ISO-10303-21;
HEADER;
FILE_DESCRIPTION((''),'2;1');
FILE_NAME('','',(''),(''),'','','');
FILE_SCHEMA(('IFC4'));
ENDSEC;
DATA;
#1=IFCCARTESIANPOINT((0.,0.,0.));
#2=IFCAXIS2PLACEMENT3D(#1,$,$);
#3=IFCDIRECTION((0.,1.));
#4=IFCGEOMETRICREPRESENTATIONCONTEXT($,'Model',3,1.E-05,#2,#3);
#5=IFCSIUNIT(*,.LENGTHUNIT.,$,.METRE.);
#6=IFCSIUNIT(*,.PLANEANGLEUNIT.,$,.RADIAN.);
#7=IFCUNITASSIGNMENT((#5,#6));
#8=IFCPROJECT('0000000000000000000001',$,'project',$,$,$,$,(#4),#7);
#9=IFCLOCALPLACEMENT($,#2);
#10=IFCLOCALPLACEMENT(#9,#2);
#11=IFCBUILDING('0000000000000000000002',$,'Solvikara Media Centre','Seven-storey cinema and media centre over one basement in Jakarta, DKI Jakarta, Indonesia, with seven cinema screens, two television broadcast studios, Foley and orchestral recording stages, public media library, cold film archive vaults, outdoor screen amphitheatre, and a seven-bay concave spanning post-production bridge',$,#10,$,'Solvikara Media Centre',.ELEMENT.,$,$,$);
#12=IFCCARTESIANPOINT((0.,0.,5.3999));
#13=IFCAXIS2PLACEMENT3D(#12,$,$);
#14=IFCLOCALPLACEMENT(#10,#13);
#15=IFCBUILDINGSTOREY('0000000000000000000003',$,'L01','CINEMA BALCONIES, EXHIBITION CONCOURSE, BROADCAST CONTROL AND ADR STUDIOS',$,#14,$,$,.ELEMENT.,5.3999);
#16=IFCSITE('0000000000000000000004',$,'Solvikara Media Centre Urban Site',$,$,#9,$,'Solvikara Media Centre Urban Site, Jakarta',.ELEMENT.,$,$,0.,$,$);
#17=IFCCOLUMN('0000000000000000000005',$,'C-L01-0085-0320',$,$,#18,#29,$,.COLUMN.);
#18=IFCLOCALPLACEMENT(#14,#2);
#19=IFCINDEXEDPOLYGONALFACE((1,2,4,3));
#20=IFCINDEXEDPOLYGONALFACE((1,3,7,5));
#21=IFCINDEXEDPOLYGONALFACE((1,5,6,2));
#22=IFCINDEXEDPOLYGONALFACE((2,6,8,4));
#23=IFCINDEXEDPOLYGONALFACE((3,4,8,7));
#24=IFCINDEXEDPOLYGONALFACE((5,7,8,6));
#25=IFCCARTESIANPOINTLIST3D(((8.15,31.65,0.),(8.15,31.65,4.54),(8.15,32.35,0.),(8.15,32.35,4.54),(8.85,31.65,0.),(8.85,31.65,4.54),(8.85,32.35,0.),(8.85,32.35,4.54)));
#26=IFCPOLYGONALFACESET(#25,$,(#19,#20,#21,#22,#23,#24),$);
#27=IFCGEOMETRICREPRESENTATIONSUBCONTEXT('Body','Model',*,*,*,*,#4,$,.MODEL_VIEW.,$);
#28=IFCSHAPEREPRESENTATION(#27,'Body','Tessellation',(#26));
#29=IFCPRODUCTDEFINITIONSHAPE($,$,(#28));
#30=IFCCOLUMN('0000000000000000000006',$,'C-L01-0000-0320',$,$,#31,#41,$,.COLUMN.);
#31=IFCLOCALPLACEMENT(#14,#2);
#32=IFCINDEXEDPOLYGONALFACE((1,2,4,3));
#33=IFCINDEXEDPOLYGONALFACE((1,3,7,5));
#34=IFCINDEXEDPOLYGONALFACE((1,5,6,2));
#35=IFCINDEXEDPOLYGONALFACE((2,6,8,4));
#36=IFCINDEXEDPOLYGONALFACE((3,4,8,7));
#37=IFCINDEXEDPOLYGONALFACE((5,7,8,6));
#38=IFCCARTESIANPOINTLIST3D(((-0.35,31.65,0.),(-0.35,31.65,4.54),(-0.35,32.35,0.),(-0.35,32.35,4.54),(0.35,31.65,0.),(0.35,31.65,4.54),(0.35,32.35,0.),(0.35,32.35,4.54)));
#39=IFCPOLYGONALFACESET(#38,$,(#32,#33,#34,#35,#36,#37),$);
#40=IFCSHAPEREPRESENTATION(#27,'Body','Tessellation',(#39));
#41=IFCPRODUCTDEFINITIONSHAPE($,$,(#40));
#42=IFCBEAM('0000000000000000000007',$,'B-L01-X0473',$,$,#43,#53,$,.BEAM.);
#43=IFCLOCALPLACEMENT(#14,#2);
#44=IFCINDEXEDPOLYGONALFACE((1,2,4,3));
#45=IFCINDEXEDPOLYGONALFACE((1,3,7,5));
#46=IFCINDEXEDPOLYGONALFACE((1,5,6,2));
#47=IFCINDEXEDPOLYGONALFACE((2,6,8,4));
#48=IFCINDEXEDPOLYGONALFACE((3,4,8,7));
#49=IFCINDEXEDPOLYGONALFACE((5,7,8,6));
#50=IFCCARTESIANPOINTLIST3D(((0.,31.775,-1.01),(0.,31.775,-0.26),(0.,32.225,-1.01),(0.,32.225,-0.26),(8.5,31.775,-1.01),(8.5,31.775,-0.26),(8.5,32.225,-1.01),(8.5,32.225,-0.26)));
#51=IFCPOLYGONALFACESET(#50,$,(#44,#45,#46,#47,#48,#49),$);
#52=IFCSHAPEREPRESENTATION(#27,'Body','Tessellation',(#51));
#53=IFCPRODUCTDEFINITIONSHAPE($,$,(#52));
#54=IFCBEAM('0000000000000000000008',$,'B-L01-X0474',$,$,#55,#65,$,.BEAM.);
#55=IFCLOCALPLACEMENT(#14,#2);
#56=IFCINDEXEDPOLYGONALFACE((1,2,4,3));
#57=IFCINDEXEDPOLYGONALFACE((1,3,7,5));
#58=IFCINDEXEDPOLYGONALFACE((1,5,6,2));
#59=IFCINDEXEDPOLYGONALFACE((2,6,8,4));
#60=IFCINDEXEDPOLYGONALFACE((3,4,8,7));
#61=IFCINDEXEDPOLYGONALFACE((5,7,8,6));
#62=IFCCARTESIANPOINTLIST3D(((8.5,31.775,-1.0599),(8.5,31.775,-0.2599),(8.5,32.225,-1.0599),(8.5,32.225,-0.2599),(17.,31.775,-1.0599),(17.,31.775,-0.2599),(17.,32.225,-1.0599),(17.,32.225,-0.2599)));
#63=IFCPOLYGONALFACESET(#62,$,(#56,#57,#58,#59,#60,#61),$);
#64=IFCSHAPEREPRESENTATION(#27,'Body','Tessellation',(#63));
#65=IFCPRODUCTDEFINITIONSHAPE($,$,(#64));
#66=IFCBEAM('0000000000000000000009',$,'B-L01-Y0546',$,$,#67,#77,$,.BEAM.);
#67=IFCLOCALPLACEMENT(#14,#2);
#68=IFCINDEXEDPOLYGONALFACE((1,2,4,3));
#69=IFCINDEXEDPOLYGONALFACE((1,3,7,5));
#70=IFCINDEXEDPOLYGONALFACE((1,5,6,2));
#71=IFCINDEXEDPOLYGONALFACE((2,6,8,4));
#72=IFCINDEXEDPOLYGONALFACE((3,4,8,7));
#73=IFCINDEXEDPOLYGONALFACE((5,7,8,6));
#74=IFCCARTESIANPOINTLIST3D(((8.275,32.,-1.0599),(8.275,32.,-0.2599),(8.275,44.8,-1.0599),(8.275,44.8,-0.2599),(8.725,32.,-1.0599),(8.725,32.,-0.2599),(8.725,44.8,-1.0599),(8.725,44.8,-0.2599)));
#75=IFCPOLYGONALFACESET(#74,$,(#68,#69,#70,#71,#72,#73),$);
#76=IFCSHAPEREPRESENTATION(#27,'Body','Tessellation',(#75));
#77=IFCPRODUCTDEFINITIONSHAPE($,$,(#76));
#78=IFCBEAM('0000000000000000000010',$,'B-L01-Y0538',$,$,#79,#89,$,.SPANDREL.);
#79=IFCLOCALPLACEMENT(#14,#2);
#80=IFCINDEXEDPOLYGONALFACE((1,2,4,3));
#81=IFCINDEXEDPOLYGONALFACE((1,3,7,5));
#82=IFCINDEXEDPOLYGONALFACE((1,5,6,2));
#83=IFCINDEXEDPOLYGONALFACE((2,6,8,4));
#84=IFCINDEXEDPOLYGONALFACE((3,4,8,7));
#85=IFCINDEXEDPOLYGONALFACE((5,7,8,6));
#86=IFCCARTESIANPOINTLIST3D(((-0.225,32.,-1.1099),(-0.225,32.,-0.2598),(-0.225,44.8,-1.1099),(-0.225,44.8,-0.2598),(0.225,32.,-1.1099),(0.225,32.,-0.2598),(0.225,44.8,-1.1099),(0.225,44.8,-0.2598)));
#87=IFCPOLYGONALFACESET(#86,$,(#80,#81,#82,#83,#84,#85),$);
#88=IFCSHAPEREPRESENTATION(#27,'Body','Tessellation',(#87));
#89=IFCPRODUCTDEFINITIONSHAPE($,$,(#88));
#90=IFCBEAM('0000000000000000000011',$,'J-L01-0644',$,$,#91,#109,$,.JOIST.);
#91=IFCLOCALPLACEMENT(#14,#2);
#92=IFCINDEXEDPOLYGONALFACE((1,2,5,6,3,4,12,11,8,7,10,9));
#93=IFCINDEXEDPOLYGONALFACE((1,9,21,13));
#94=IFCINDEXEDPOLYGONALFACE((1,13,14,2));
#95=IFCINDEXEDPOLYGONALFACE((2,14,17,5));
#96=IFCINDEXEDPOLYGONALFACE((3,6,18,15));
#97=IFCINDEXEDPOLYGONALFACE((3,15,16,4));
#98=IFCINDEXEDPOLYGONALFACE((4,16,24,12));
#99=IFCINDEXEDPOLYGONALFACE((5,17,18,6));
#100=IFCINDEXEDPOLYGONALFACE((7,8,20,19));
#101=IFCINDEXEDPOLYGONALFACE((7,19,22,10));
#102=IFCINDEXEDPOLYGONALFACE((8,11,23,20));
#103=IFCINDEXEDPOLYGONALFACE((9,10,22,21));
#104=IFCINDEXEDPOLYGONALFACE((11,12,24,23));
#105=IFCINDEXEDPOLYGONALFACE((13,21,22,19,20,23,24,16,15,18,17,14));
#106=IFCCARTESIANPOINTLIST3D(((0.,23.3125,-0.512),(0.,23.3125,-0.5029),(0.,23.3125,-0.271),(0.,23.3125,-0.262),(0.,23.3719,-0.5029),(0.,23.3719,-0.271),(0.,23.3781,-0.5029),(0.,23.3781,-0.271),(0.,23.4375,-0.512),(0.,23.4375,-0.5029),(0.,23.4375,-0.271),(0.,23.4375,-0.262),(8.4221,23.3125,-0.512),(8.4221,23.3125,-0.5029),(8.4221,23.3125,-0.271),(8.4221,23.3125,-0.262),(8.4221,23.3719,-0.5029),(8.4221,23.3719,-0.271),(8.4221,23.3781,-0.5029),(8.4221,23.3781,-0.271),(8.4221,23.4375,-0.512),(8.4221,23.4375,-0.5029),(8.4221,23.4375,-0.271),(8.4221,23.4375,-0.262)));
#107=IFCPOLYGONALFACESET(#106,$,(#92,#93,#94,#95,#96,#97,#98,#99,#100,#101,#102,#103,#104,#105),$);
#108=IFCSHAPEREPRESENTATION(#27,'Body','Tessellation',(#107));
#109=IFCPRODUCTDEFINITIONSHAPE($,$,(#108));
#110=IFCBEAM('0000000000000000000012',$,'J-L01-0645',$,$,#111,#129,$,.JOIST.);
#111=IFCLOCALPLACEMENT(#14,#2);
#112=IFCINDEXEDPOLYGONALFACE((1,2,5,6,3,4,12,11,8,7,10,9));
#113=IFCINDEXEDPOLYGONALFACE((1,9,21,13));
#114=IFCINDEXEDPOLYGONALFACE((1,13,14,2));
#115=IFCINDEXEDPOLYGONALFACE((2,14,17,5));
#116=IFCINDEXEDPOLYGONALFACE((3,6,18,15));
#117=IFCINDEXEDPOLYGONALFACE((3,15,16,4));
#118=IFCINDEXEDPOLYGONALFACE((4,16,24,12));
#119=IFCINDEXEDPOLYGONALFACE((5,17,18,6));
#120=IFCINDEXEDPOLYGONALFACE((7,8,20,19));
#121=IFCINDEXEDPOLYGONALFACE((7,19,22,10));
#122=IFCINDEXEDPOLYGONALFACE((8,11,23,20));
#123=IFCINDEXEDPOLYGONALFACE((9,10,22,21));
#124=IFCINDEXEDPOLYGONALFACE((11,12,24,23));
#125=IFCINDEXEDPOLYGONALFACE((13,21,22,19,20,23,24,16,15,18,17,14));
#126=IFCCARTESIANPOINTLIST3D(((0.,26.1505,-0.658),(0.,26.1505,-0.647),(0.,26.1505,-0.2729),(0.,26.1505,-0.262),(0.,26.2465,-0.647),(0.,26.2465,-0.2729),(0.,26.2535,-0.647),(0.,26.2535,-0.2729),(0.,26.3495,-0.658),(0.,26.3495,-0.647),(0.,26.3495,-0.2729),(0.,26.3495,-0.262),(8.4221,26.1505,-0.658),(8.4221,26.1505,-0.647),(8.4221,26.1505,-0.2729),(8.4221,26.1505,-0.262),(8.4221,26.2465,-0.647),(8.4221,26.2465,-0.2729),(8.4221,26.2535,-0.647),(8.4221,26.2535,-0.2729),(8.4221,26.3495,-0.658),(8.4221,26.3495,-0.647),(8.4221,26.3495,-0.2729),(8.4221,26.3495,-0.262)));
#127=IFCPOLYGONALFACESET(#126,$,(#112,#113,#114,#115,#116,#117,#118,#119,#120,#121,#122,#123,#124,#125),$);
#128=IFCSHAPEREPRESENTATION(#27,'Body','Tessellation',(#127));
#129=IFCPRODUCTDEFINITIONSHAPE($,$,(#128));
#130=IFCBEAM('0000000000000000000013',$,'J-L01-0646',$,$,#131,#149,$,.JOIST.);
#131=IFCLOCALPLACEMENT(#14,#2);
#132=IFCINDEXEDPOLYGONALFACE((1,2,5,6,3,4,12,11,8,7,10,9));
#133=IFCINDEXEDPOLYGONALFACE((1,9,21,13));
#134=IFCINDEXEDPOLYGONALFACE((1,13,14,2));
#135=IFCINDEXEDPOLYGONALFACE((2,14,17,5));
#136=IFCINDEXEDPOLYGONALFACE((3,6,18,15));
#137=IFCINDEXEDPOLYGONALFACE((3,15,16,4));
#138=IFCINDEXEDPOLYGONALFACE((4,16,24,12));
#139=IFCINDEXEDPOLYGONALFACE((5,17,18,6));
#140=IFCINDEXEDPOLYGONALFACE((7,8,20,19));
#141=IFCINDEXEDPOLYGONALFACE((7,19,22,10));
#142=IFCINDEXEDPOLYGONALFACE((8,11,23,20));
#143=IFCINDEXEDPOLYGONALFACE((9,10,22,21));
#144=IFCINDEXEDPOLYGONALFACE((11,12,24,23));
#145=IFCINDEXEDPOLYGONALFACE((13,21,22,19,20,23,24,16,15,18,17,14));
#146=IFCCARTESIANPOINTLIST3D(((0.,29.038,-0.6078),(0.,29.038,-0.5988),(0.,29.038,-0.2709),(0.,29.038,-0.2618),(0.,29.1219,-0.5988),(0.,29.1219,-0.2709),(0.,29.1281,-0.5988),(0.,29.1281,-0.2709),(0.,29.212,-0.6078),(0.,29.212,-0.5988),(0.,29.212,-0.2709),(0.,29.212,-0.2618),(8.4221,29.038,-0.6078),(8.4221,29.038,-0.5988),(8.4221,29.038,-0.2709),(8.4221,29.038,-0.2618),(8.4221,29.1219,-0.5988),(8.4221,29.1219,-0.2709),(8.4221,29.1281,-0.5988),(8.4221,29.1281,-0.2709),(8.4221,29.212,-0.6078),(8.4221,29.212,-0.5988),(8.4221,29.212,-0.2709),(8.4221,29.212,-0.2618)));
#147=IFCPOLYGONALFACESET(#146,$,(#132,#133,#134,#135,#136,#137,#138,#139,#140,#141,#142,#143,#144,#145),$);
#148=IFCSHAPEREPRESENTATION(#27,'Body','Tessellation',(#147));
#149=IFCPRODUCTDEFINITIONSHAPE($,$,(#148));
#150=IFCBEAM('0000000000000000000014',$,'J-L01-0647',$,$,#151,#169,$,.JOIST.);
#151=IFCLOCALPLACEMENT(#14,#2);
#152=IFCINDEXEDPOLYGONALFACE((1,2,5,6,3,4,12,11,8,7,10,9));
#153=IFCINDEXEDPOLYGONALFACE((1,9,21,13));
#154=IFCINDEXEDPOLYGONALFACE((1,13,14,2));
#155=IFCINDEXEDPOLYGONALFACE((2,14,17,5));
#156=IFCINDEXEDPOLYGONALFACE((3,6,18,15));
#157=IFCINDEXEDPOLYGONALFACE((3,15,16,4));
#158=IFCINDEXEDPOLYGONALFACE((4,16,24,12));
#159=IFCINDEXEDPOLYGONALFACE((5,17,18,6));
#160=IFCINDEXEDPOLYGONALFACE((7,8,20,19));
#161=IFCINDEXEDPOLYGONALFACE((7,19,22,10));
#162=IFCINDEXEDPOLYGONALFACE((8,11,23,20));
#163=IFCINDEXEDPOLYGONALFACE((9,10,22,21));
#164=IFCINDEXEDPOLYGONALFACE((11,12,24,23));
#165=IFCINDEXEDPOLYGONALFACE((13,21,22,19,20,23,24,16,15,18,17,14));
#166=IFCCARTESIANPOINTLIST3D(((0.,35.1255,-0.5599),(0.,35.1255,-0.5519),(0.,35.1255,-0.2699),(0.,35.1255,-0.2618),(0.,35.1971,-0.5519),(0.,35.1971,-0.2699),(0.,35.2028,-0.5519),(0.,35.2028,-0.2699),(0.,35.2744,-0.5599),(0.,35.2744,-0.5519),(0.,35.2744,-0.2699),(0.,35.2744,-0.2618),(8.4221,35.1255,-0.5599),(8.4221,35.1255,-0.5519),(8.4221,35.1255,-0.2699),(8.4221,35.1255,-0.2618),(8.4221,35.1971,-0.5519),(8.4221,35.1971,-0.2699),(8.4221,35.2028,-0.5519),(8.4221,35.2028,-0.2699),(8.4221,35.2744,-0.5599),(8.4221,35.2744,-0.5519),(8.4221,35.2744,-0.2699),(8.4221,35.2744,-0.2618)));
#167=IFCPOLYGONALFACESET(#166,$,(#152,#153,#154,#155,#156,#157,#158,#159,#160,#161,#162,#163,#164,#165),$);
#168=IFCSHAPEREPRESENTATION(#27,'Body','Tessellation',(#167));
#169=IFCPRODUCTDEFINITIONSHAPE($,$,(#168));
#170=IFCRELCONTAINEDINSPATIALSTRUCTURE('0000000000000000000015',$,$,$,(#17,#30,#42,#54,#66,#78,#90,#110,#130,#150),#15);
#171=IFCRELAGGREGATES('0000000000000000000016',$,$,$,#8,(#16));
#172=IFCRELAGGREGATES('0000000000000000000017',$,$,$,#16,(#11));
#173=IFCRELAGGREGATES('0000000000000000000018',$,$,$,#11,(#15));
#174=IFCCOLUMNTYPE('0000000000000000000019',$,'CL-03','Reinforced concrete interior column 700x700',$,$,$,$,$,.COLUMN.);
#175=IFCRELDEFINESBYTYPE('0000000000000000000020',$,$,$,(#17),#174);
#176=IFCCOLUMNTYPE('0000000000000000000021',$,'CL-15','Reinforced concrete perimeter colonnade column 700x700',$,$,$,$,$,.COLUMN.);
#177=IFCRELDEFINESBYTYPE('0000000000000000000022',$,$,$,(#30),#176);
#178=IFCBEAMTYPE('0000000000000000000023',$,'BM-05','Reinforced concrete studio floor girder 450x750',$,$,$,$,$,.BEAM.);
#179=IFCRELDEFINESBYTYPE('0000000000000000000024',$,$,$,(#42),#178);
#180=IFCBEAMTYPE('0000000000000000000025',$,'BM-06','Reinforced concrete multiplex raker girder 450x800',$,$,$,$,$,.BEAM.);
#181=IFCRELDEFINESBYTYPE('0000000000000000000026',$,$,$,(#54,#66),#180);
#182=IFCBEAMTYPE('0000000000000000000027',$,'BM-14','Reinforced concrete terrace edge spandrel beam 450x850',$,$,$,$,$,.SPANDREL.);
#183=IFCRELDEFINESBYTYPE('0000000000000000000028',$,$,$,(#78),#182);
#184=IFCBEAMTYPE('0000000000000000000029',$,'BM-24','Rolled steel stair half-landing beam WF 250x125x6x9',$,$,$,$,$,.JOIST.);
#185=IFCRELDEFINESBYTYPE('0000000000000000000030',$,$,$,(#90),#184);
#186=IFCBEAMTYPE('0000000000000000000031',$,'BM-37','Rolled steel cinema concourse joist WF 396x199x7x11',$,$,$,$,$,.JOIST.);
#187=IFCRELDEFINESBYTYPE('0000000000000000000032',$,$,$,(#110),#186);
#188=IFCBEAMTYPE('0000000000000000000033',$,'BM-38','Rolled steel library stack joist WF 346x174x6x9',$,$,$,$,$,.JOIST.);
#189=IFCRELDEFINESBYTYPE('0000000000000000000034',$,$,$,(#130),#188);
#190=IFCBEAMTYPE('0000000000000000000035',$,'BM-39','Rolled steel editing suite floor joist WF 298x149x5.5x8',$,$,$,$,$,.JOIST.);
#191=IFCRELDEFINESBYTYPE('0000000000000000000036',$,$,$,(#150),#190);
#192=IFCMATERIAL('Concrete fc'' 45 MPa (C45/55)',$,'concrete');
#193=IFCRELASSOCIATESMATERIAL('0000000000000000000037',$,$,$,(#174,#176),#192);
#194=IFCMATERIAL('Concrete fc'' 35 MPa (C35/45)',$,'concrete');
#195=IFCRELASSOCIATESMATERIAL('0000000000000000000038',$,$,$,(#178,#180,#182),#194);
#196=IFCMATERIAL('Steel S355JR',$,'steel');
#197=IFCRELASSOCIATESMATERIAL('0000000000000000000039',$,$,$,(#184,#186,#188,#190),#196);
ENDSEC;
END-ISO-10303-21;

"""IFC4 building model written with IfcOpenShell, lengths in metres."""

from ifc_helpers import new_model, si_unit, direction, frame, origin, origin_2d, place, context, subcontext, project, spatial, rectangle, i_section, extrude, material, material_profile, profile_set, type_object, element, save


model = new_model("IFC4")

# Units and contexts
model_context = context("Model", 3, precision=1e-05, world=origin(), true_north=direction((0.0, 1.0)))
body_context = subcontext(model_context, "Body", "Model", "MODEL_VIEW")
ifc_project = project(units=[si_unit("LENGTHUNIT", "METRE"), si_unit("PLANEANGLEUNIT", "RADIAN")], contexts=[model_context])

# Site, building, storey
site_placement = place(None, origin())
site = spatial("IfcSite", under=ifc_project, at=site_placement, Name="Solvikara Media Centre Urban Site", LongName="Solvikara Media Centre Urban Site, Jakarta", CompositionType="ELEMENT", RefElevation=0.0)
building_placement = place(site_placement, origin())
building = spatial("IfcBuilding", under=site, at=building_placement, Name="Solvikara Media Centre", Description="Seven-storey cinema and media centre over one basement in Jakarta, DKI Jakarta, Indonesia, with seven cinema screens, two television broadcast studios, Foley and orchestral recording stages, public media library, cold film archive vaults, outdoor screen amphitheatre, and a seven-bay concave spanning post-production bridge", LongName="Solvikara Media Centre", CompositionType="ELEMENT")
storey_placement = place(building_placement, frame((0.0, 0.0, 5.3999)))
storey = spatial("IfcBuildingStorey", under=building, at=storey_placement, Name="L01", Description="CINEMA BALCONIES, EXHIBITION CONCOURSE, BROADCAST CONTROL AND ADR STUDIOS", CompositionType="ELEMENT", Elevation=5.3999)

# Columns
ifc_material_1 = material(Name="Concrete fc' 45 MPa (C45/55)", Category="concrete")
ifc_material_profile_1 = material_profile(ifc_material_1, rectangle(XDim=0.7, YDim=0.7, at=origin_2d()), Name="RC 700x700")
ifc_profile_set_1 = profile_set([ifc_material_profile_1], Name="Concrete fc' 45 MPa (C45/55)")
column_type_1 = type_object("IfcColumnType", Name="CL-03", Description="Reinforced concrete interior column 700x700", PredefinedType="COLUMN", material=ifc_profile_set_1)
column_1_placement = place(storey_placement, frame((8.5, 32.0, 0.0), z_axis=(0.0, 0.0, 1.0), x_axis=(1.0, 0.0, 0.0)))
element("IfcColumn", 1, at=column_1_placement, inside=storey, type_object=column_type_1, Name="C-L01-0085-0320", PredefinedType="COLUMN", context=body_context, shape_type="SweptSolid", body=[
    extrude(rectangle(XDim=0.7, YDim=0.7, at=origin_2d()), origin(), (0.0, 0.0, 1.0), 4.54),
])
ifc_material_profile_2 = material_profile(ifc_material_1, rectangle(XDim=0.7, YDim=0.7, at=origin_2d()), Name="RC 700x700")
ifc_profile_set_2 = profile_set([ifc_material_profile_2], Name="Concrete fc' 45 MPa (C45/55)")
column_type_2 = type_object("IfcColumnType", Name="CL-15", Description="Reinforced concrete perimeter colonnade column 700x700", PredefinedType="COLUMN", material=ifc_profile_set_2)
column_2_placement = place(storey_placement, frame((0.0, 32.0, 0.0), z_axis=(0.0, 0.0, 1.0), x_axis=(1.0, 0.0, 0.0)))
element("IfcColumn", 2, at=column_2_placement, inside=storey, type_object=column_type_2, Name="C-L01-0000-0320", PredefinedType="COLUMN", context=body_context, shape_type="SweptSolid", body=[
    extrude(rectangle(XDim=0.7, YDim=0.7, at=origin_2d()), origin(), (0.0, 0.0, 1.0), 4.54),
])

# Beams
ifc_material_2 = material(Name="Concrete fc' 35 MPa (C35/45)", Category="concrete")
ifc_material_profile_3 = material_profile(ifc_material_2, rectangle(XDim=0.45, YDim=0.75, at=origin_2d()), Name="RC 450x750")
ifc_profile_set_3 = profile_set([ifc_material_profile_3], Name="Concrete fc' 35 MPa (C35/45)")
beam_type_1 = type_object("IfcBeamType", Name="BM-05", Description="Reinforced concrete studio floor girder 450x750", PredefinedType="BEAM", material=ifc_profile_set_3)
beam_1_placement = place(storey_placement, frame((0.0, 32.0, -0.635), z_axis=(1.0, 0.0, 0.0), x_axis=(0.0, 1.0, 0.0)))
element("IfcBeam", 3, at=beam_1_placement, inside=storey, type_object=beam_type_1, Name="B-L01-X0473", PredefinedType="BEAM", context=body_context, shape_type="SweptSolid", body=[
    extrude(rectangle(XDim=0.45, YDim=0.75, at=origin_2d()), origin(), (0.0, 0.0, 1.0), 8.5),
])
ifc_material_profile_4 = material_profile(ifc_material_2, rectangle(XDim=0.45, YDim=0.8, at=origin_2d()), Name="RC 450x800")
ifc_profile_set_4 = profile_set([ifc_material_profile_4], Name="Concrete fc' 35 MPa (C35/45)")
beam_type_2 = type_object("IfcBeamType", Name="BM-06", Description="Reinforced concrete multiplex raker girder 450x800", PredefinedType="BEAM", material=ifc_profile_set_4)
beam_2_placement = place(storey_placement, frame((8.5, 32.0, -0.6599), z_axis=(1.0, 0.0, 0.0), x_axis=(0.0, 1.0, 0.0)))
element("IfcBeam", 4, at=beam_2_placement, inside=storey, type_object=beam_type_2, Name="B-L01-X0474", PredefinedType="BEAM", context=body_context, shape_type="SweptSolid", body=[
    extrude(rectangle(XDim=0.45, YDim=0.8, at=origin_2d()), origin(), (0.0, 0.0, 1.0), 8.5),
])
beam_3_placement = place(storey_placement, frame((8.5, 32.0, -0.6599), z_axis=(0.0, 1.0, 0.0), x_axis=(-1.0, 0.0, 0.0)))
element("IfcBeam", 5, at=beam_3_placement, inside=storey, type_object=beam_type_2, Name="B-L01-Y0546", PredefinedType="BEAM", context=body_context, shape_type="SweptSolid", body=[
    extrude(rectangle(XDim=0.45, YDim=0.8, at=origin_2d()), origin(), (0.0, 0.0, 1.0), 12.8),
])
ifc_material_profile_5 = material_profile(ifc_material_2, rectangle(XDim=0.45, YDim=0.8501, at=origin_2d()), Name="RC 450x850")
ifc_profile_set_5 = profile_set([ifc_material_profile_5], Name="Concrete fc' 35 MPa (C35/45)")
beam_type_3 = type_object("IfcBeamType", Name="BM-14", Description="Reinforced concrete terrace edge spandrel beam 450x850", PredefinedType="SPANDREL", material=ifc_profile_set_5)
beam_4_placement = place(storey_placement, frame((0.0, 32.0, -0.6848), z_axis=(0.0, 1.0, 0.0), x_axis=(-1.0, 0.0, 0.0)))
element("IfcBeam", 6, at=beam_4_placement, inside=storey, type_object=beam_type_3, Name="B-L01-Y0538", PredefinedType="SPANDREL", context=body_context, shape_type="SweptSolid", body=[
    extrude(rectangle(XDim=0.45, YDim=0.8501, at=origin_2d()), origin(), (0.0, 0.0, 1.0), 12.8),
])
ifc_material_3 = material(Name="Steel S355JR", Category="steel")
ifc_material_profile_6 = material_profile(ifc_material_3, i_section(OverallWidth=0.125, OverallDepth=0.25, WebThickness=0.0061, FlangeThickness=0.009, at=origin_2d()), Name="WF 250x125x6x9")
ifc_profile_set_6 = profile_set([ifc_material_profile_6], Name="Steel S355JR")
beam_type_4 = type_object("IfcBeamType", Name="BM-24", Description="Rolled steel stair half-landing beam WF 250x125x6x9", PredefinedType="JOIST", material=ifc_profile_set_6)
beam_5_placement = place(storey_placement, frame((0.0, 23.375, -0.387), z_axis=(1.0, 0.0, 0.0), x_axis=(0.0, 1.0, 0.0)))
element("IfcBeam", 7, at=beam_5_placement, inside=storey, type_object=beam_type_4, Name="J-L01-0644", PredefinedType="JOIST", context=body_context, shape_type="SweptSolid", body=[
    extrude(i_section(OverallWidth=0.125, OverallDepth=0.25, WebThickness=0.0061, FlangeThickness=0.009, at=origin_2d()), origin(), (0.0, 0.0, 1.0), 8.4221),
])
ifc_material_profile_7 = material_profile(ifc_material_3, i_section(OverallWidth=0.199, OverallDepth=0.396, WebThickness=0.0071, FlangeThickness=0.011, at=origin_2d()), Name="WF 396x199x7x11")
ifc_profile_set_7 = profile_set([ifc_material_profile_7], Name="Steel S355JR")
beam_type_5 = type_object("IfcBeamType", Name="BM-37", Description="Rolled steel cinema concourse joist WF 396x199x7x11", PredefinedType="JOIST", material=ifc_profile_set_7)
beam_6_placement = place(storey_placement, frame((0.0, 26.25, -0.46), z_axis=(1.0, 0.0, 0.0), x_axis=(0.0, 1.0, 0.0)))
element("IfcBeam", 8, at=beam_6_placement, inside=storey, type_object=beam_type_5, Name="J-L01-0645", PredefinedType="JOIST", context=body_context, shape_type="SweptSolid", body=[
    extrude(i_section(OverallWidth=0.199, OverallDepth=0.396, WebThickness=0.0071, FlangeThickness=0.011, at=origin_2d()), origin(), (0.0, 0.0, 1.0), 8.4221),
])
ifc_material_profile_8 = material_profile(ifc_material_3, i_section(OverallWidth=0.1741, OverallDepth=0.3459, WebThickness=0.0061, FlangeThickness=0.009, at=origin_2d()), Name="WF 346x174x6x9")
ifc_profile_set_8 = profile_set([ifc_material_profile_8], Name="Steel S355JR")
beam_type_6 = type_object("IfcBeamType", Name="BM-38", Description="Rolled steel library stack joist WF 346x174x6x9", PredefinedType="JOIST", material=ifc_profile_set_8)
beam_7_placement = place(storey_placement, frame((0.0, 29.125, -0.4348), z_axis=(1.0, 0.0, 0.0), x_axis=(0.0, 1.0, 0.0)))
element("IfcBeam", 9, at=beam_7_placement, inside=storey, type_object=beam_type_6, Name="J-L01-0646", PredefinedType="JOIST", context=body_context, shape_type="SweptSolid", body=[
    extrude(i_section(OverallWidth=0.1741, OverallDepth=0.3459, WebThickness=0.0061, FlangeThickness=0.009, at=origin_2d()), origin(), (0.0, 0.0, 1.0), 8.4221),
])
ifc_material_profile_9 = material_profile(ifc_material_3, i_section(OverallWidth=0.1489, OverallDepth=0.2981, WebThickness=0.0056, FlangeThickness=0.0081, at=origin_2d()), Name="WF 298x149x5.5x8")
ifc_profile_set_9 = profile_set([ifc_material_profile_9], Name="Steel S355JR")
beam_type_7 = type_object("IfcBeamType", Name="BM-39", Description="Rolled steel editing suite floor joist WF 298x149x5.5x8", PredefinedType="JOIST", material=ifc_profile_set_9)
beam_8_placement = place(storey_placement, frame((0.0, 35.2, -0.4109), z_axis=(1.0, 0.0, 0.0), x_axis=(0.0, 1.0, 0.0)))
element("IfcBeam", 10, at=beam_8_placement, inside=storey, type_object=beam_type_7, Name="J-L01-0647", PredefinedType="JOIST", context=body_context, shape_type="SweptSolid", body=[
    extrude(i_section(OverallWidth=0.1489, OverallDepth=0.2981, WebThickness=0.0056, FlangeThickness=0.0081, at=origin_2d()), origin(), (0.0, 0.0, 1.0), 8.4221),
])

save(model, "model.ifc")
